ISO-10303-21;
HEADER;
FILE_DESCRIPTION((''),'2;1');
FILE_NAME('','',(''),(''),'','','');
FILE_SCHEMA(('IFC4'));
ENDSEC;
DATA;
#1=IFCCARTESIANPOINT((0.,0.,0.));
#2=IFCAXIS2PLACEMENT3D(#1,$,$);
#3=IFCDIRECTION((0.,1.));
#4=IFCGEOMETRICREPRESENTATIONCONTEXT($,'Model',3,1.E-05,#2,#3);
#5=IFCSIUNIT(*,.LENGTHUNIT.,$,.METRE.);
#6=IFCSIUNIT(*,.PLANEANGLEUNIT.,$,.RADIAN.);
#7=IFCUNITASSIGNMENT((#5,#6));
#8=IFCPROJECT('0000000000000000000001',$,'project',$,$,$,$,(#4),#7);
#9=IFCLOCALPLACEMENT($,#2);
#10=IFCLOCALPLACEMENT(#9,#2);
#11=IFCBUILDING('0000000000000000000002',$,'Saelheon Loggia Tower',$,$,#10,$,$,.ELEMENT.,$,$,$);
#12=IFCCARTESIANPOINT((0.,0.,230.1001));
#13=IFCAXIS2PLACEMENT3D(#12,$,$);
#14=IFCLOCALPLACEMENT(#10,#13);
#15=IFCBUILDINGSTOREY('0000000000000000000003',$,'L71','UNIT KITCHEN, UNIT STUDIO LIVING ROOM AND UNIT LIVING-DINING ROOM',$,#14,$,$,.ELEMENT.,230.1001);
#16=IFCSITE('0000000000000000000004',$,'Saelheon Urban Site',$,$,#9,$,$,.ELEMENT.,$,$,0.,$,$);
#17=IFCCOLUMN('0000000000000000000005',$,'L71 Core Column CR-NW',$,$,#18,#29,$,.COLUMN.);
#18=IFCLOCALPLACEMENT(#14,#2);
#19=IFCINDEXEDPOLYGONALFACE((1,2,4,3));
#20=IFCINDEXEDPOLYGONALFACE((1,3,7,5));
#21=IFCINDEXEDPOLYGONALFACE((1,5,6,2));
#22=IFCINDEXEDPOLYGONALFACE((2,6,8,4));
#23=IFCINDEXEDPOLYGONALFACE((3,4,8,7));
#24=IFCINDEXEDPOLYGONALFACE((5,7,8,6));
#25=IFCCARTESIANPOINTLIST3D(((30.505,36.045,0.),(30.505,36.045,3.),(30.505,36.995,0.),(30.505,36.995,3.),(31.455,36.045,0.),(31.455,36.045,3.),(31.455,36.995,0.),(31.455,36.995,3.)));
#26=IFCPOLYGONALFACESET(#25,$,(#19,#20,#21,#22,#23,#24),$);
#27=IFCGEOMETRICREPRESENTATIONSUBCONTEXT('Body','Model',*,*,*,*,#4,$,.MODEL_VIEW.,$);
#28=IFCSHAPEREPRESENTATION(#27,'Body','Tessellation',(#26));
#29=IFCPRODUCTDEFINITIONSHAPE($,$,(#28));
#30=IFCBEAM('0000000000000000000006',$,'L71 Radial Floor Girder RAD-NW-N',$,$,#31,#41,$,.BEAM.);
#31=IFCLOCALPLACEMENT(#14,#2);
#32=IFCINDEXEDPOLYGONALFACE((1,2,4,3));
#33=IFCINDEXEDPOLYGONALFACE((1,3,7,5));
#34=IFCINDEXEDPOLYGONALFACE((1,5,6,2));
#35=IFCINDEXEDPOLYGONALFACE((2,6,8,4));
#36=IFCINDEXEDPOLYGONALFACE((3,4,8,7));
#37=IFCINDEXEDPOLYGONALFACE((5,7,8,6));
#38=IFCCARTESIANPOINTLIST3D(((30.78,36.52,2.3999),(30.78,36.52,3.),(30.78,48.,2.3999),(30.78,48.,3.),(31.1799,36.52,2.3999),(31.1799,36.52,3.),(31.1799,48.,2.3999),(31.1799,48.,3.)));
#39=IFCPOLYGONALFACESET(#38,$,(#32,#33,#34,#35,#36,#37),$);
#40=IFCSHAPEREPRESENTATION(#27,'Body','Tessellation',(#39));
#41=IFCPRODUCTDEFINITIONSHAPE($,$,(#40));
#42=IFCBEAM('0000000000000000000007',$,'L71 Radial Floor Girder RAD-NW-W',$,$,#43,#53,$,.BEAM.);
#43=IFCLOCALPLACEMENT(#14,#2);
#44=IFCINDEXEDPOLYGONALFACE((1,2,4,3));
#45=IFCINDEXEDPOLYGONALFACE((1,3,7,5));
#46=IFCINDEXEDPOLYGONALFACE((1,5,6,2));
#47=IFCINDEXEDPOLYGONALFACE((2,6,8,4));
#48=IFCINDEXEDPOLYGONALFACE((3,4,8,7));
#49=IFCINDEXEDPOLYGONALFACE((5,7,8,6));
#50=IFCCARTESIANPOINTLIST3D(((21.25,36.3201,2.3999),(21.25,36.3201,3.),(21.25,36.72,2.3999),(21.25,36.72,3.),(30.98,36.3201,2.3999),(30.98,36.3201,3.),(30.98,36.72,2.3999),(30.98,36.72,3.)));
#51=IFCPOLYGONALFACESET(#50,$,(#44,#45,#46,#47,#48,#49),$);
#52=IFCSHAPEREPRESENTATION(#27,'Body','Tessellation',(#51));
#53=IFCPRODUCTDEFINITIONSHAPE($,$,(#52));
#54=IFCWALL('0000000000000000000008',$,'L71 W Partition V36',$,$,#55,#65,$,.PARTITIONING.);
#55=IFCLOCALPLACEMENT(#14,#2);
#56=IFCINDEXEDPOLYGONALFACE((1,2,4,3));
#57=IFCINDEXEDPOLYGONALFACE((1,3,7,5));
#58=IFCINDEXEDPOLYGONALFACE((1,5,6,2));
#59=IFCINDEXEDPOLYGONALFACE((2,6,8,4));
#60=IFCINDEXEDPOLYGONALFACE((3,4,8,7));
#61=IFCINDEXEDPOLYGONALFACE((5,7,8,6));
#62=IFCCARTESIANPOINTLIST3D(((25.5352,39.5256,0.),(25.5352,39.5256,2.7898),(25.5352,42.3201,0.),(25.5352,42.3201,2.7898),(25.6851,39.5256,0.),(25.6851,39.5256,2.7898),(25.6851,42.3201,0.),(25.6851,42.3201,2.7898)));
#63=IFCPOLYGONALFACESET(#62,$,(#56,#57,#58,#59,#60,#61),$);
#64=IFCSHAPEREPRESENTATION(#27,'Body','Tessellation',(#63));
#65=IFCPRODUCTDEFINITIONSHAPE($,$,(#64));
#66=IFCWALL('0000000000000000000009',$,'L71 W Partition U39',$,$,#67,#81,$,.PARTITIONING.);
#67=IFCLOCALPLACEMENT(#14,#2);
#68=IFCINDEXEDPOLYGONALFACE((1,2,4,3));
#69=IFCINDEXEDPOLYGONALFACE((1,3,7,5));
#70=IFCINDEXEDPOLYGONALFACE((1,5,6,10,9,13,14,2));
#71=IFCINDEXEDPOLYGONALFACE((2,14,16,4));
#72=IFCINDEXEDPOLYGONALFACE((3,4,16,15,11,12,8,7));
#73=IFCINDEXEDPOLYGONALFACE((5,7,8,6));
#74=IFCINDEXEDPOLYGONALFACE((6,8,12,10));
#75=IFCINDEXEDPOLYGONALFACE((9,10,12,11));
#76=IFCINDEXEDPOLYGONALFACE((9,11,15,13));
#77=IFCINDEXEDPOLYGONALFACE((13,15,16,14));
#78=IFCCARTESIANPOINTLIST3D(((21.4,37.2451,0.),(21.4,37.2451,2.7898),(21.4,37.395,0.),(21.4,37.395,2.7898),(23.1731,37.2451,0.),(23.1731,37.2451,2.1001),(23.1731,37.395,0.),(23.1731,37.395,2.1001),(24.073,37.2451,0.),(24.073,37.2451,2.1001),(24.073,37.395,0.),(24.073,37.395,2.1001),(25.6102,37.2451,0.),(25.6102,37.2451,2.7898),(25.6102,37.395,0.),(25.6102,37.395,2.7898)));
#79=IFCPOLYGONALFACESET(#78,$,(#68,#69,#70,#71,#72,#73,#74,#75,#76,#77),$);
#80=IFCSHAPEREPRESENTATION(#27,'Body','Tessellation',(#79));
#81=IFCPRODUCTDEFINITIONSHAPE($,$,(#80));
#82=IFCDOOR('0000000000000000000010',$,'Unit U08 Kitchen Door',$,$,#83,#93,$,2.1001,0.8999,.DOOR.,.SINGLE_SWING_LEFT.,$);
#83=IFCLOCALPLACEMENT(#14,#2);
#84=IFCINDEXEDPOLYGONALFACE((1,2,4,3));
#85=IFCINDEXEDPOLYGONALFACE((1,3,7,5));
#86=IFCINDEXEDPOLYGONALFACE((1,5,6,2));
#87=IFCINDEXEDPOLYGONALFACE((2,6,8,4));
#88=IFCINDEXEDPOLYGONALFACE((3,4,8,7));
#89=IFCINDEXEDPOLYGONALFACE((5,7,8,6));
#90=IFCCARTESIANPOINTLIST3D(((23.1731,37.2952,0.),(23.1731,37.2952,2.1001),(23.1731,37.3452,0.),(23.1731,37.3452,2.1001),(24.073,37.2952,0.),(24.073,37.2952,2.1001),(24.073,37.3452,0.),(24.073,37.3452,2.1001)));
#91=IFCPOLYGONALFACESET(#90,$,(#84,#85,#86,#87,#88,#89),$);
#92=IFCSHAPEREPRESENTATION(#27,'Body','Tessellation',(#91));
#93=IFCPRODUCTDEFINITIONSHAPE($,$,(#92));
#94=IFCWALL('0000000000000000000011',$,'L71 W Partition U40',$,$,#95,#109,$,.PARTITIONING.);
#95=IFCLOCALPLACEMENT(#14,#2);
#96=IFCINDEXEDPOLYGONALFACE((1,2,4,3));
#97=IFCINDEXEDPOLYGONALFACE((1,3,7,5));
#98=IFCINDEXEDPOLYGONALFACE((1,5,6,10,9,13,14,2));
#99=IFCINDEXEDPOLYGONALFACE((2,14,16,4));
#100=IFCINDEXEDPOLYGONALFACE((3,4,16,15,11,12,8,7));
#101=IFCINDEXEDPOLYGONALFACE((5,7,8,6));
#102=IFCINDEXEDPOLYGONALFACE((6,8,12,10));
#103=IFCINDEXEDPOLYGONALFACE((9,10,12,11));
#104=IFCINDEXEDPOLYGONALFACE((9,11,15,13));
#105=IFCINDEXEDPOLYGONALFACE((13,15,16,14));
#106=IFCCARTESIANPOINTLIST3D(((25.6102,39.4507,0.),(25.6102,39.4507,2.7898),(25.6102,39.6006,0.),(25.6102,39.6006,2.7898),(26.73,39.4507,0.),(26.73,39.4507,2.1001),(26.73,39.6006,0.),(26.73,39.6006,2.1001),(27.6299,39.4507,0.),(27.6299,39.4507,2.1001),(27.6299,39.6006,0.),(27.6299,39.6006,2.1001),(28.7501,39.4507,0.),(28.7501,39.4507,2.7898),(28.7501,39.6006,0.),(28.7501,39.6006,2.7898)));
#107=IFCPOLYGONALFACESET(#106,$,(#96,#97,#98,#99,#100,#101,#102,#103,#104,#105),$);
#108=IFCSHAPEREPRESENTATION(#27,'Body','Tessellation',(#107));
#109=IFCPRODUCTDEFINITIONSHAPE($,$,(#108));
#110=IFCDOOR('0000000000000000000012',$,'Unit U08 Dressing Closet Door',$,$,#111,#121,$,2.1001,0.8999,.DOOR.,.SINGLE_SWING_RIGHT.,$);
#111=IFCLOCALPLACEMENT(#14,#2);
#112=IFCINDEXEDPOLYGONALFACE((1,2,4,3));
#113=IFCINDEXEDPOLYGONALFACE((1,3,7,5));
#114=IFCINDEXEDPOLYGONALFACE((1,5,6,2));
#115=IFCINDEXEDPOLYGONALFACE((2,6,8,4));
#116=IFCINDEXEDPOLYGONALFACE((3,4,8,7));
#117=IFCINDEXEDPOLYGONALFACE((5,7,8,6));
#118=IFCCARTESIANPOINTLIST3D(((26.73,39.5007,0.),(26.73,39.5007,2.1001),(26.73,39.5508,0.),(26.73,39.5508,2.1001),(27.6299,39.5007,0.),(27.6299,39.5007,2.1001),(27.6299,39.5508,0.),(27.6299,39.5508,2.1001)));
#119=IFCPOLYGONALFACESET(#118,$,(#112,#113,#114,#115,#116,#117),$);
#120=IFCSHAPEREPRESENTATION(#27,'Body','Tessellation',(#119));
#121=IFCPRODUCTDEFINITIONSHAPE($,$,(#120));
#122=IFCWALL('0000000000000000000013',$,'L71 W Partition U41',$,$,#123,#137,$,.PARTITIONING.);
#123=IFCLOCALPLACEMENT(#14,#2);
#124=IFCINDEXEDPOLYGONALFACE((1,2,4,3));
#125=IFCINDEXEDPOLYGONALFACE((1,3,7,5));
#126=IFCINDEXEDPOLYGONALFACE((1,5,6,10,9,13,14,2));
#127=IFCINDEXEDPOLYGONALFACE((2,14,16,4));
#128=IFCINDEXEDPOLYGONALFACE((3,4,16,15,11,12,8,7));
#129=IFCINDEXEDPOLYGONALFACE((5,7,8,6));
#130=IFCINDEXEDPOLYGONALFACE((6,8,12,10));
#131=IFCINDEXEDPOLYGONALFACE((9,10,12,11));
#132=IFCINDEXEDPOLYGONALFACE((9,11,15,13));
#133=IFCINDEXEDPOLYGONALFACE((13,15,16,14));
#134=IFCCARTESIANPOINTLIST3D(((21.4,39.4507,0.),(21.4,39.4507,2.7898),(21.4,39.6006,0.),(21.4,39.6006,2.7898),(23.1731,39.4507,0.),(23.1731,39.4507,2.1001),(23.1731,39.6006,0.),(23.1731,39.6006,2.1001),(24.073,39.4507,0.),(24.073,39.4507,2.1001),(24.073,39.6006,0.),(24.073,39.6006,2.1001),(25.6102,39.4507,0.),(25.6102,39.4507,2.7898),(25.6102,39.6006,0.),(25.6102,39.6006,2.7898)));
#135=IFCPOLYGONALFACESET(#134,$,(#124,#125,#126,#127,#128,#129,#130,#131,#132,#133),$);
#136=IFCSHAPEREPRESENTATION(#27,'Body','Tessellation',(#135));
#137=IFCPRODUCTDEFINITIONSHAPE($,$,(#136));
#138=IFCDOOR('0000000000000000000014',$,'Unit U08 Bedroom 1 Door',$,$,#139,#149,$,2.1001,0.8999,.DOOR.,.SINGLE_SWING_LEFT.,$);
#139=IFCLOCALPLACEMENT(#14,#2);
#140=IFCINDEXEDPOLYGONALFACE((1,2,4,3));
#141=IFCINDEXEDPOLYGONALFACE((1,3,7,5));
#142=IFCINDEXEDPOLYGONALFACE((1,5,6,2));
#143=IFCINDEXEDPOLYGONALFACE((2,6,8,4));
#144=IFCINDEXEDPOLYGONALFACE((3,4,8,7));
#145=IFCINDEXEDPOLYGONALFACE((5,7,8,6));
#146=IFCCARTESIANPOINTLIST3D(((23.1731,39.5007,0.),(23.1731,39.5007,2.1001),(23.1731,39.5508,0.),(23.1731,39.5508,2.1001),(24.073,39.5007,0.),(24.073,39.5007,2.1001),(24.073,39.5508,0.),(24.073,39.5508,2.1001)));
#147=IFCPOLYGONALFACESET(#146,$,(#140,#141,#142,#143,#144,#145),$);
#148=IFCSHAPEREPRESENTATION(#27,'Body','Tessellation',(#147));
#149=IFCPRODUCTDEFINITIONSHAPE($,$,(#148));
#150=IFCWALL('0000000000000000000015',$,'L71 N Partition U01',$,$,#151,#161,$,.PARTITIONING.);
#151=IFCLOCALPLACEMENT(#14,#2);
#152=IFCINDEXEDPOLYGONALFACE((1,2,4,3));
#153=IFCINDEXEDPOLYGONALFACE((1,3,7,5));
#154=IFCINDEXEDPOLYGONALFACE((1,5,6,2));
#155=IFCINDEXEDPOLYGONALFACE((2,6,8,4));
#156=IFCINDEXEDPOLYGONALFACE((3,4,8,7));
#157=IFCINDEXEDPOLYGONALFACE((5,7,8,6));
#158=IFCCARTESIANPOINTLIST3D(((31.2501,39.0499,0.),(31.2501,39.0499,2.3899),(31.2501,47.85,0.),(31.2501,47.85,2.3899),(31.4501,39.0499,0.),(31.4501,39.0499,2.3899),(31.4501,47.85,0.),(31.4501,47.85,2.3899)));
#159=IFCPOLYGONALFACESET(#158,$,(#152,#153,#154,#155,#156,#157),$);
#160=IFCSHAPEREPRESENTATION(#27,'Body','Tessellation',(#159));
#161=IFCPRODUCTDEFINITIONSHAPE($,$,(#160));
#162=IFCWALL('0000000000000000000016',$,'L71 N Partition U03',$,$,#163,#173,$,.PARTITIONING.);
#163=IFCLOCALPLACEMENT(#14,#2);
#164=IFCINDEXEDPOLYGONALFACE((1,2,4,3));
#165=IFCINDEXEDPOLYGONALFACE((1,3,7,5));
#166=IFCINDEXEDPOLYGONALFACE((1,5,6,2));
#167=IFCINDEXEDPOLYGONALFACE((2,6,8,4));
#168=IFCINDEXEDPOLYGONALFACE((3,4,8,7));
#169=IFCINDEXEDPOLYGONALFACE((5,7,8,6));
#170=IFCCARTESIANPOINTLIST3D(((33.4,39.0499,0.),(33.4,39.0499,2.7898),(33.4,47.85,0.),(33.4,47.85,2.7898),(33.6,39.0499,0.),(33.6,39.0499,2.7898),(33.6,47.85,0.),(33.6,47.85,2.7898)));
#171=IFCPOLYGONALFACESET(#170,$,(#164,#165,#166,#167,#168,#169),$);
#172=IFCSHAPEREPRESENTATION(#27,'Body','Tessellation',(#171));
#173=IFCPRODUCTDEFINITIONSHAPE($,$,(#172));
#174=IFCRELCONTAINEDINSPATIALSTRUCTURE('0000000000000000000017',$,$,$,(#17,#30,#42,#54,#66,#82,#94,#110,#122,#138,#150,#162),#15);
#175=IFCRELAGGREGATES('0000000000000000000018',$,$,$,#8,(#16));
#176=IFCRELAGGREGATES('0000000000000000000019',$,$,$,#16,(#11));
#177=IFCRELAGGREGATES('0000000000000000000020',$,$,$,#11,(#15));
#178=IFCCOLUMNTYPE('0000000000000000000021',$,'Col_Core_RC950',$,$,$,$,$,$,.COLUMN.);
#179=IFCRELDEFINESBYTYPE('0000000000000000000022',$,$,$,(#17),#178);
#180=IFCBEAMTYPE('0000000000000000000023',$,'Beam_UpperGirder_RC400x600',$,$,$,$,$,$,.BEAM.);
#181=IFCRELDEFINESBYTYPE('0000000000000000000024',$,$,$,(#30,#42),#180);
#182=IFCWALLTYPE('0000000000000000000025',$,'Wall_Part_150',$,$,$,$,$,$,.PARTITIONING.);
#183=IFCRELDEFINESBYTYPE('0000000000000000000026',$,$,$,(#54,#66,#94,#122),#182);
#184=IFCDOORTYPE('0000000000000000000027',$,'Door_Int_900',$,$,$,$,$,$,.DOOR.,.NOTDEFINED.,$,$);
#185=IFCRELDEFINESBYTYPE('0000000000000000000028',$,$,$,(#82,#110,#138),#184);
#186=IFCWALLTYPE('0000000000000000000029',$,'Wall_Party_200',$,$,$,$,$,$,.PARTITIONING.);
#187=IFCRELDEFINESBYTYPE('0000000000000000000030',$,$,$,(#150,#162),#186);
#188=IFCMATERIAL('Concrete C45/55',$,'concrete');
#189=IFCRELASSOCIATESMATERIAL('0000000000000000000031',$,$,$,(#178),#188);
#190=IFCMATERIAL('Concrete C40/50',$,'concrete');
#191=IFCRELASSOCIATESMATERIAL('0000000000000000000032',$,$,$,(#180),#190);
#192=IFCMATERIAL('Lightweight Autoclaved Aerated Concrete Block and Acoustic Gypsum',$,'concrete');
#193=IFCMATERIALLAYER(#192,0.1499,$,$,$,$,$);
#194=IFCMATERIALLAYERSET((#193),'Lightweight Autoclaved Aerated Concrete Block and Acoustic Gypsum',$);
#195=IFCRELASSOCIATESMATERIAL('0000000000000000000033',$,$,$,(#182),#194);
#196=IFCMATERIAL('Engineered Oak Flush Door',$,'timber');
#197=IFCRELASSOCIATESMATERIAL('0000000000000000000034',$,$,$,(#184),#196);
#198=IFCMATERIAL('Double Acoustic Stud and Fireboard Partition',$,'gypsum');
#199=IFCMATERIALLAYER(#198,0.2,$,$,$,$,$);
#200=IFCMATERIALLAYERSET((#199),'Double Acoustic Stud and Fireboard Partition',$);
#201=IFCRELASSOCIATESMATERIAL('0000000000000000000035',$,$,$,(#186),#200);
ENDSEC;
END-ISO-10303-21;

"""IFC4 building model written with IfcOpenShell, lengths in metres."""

from ifc_helpers import new_model, si_unit, direction, frame, frame_2d, origin, origin_2d, place, context, subcontext, project, spatial, rectangle, extrude, source, transform, mapped, material, layer, layer_set, material_profile, profile_set, type_object, element, fill, save


model = new_model("IFC4")

# Units and contexts
model_context = context("Model", 3, precision=1e-05, world=origin(), true_north=direction((0.0, 1.0)))
body_context = subcontext(model_context, "Body", "Model", "MODEL_VIEW")
ifc_project = project(units=[si_unit("LENGTHUNIT", "METRE"), si_unit("PLANEANGLEUNIT", "RADIAN")], contexts=[model_context])

# Site, building, storey
site_placement = place(None, origin())
site = spatial("IfcSite", under=ifc_project, at=site_placement, Name="Saelheon Urban Site", CompositionType="ELEMENT", RefElevation=0.0)
building_placement = place(site_placement, origin())
building = spatial("IfcBuilding", under=site, at=building_placement, Name="Saelheon Loggia Tower", CompositionType="ELEMENT")
storey_placement = place(building_placement, frame((0.0, 0.0, 230.1001)))
storey = spatial("IfcBuildingStorey", under=building, at=storey_placement, Name="L71", Description="UNIT KITCHEN, UNIT STUDIO LIVING ROOM AND UNIT LIVING-DINING ROOM", CompositionType="ELEMENT", Elevation=230.1001)

# Column
ifc_material_1 = material(Name="Concrete C45/55", Category="concrete")
ifc_material_profile_1 = material_profile(ifc_material_1, rectangle(XDim=0.95, YDim=0.95, at=origin_2d()), Name="RC-950x950")
ifc_profile_set_1 = profile_set([ifc_material_profile_1], Name="Concrete C45/55")
column_type = type_object("IfcColumnType", Name="Col_Core_RC950", PredefinedType="COLUMN", material=ifc_profile_set_1)
shared_shape_1 = source(origin(), body_context, "Body", "SweptSolid", [
    extrude(rectangle(XDim=0.95, YDim=0.95, at=origin_2d()), origin(), (0.0, 0.0, 1.0), 3.0),
])
column_placement = place(storey_placement, frame((30.98, 36.52, 0.0), z_axis=(0.0, 0.0, 1.0), x_axis=(1.0, 0.0, 0.0)))
element("IfcColumn", 1, at=column_placement, inside=storey, type_object=column_type, Name="L71 Core Column CR-NW", PredefinedType="COLUMN", context=body_context, shape_type="MappedRepresentation", body=[
    mapped(shared_shape_1, transform((0.0, 0.0, 0.0), scale=1.0)),
])

# Beams
ifc_material_2 = material(Name="Concrete C40/50", Category="concrete")
ifc_material_profile_2 = material_profile(ifc_material_2, rectangle(XDim=0.3999, YDim=0.6001, at=origin_2d()), Name="RC-400x600")
ifc_profile_set_2 = profile_set([ifc_material_profile_2], Name="Concrete C40/50")
beam_type = type_object("IfcBeamType", Name="Beam_UpperGirder_RC400x600", PredefinedType="BEAM", material=ifc_profile_set_2)
shared_shape_2 = source(origin(), body_context, "Body", "SweptSolid", [
    extrude(rectangle(XDim=0.3999, YDim=0.6001, at=origin_2d()), origin(), (0.0, 0.0, 1.0), 11.48),
])
beam_1_placement = place(storey_placement, frame((30.98, 36.52, 2.7), z_axis=(0.0, 1.0, 0.0), x_axis=(-1.0, 0.0, 0.0)))
element("IfcBeam", 2, at=beam_1_placement, inside=storey, type_object=beam_type, Name="L71 Radial Floor Girder RAD-NW-N", PredefinedType="BEAM", context=body_context, shape_type="MappedRepresentation", body=[
    mapped(shared_shape_2, transform((0.0, 0.0, 0.0), scale=1.0)),
])
shared_shape_3 = source(origin(), body_context, "Body", "SweptSolid", [
    extrude(rectangle(XDim=0.3999, YDim=0.6001, at=origin_2d()), origin(), (0.0, 0.0, 1.0), 9.73),
])
beam_2_placement = place(storey_placement, frame((30.98, 36.52, 2.7), z_axis=(-1.0, 0.0, 0.0), x_axis=(0.0, -1.0, 0.0)))
element("IfcBeam", 3, at=beam_2_placement, inside=storey, type_object=beam_type, Name="L71 Radial Floor Girder RAD-NW-W", PredefinedType="BEAM", context=body_context, shape_type="MappedRepresentation", body=[
    mapped(shared_shape_3, transform((0.0, 0.0, 0.0), scale=1.0)),
])

# Wall
ifc_material_3 = material(Name="Lightweight Autoclaved Aerated Concrete Block and Acoustic Gypsum", Category="concrete")
ifc_layer_1 = layer(ifc_material_3, 0.1499)
ifc_layer_set_1 = layer_set([ifc_layer_1], Name="Lightweight Autoclaved Aerated Concrete Block and Acoustic Gypsum")
wall_type_1 = type_object("IfcWallType", Name="Wall_Part_150", PredefinedType="PARTITIONING", material=ifc_layer_set_1)
wall_1_placement = place(storey_placement, frame((25.6101, 39.5256, 0.0), z_axis=(0.0, 0.0, 1.0), x_axis=(0.0, 1.0, 0.0)))
element("IfcWall", 4, at=wall_1_placement, inside=storey, type_object=wall_type_1, Name="L71 W Partition V36", PredefinedType="PARTITIONING", context=body_context, shape_type="SweptSolid", body=[
    extrude(rectangle(XDim=2.7944, YDim=0.1499, at=frame_2d((1.3972, 0.0))), origin(), (0.0, 0.0, 1.0), 2.7898),
])

# Walls, openings, doors
wall_2_placement = place(storey_placement, frame((25.6101, 37.3201, 0.0), z_axis=(0.0, 0.0, 1.0), x_axis=(-1.0, 0.0, 0.0)))
wall_2 = element("IfcWall", 5, at=wall_2_placement, inside=storey, type_object=wall_type_1, Name="L71 W Partition U39", PredefinedType="PARTITIONING", context=body_context, shape_type="SweptSolid", body=[
    extrude(rectangle(XDim=4.2102, YDim=0.1499, at=frame_2d((2.105, 0.0))), origin(), (0.0, 0.0, 1.0), 2.7898),
])
opening_1_placement = place(wall_2_placement, frame((1.5371, 0.0, 0.0)))
opening_1 = element("IfcOpeningElement", 6, at=opening_1_placement, cuts=wall_2, PredefinedType="OPENING", context=body_context, shape_type="SweptSolid", body=[
    extrude(rectangle(XDim=0.8999, YDim=2.1001, at=frame_2d((0.45, 1.05))), frame((0.0, 0.0869, 0.0), z_axis=(0.0, -1.0, 0.0), x_axis=(1.0, 0.0, 0.0)), (0.0, 0.0, 1.0), 0.1738),
])
ifc_material_4 = material(Name="Engineered Oak Flush Door", Category="timber")
door_type_1 = type_object("IfcDoorType", Name="Door_Int_900", OperationType="NOTDEFINED", PredefinedType="DOOR", material=ifc_material_4)
shared_shape_4 = source(origin(), body_context, "Body", "SweptSolid", [
    extrude(rectangle(XDim=0.8999, YDim=2.1001, at=frame_2d((0.45, 1.05))), frame((0.0, 0.0249, 0.0), z_axis=(0.0, -1.0, 0.0), x_axis=(1.0, 0.0, 0.0)), (0.0, 0.0, 1.0), 0.05),
])
door_1_placement = place(opening_1_placement, origin())
door_1 = element("IfcDoor", 7, at=door_1_placement, inside=storey, type_object=door_type_1, Name="Unit U08 Kitchen Door", OperationType="SINGLE_SWING_LEFT", OverallHeight=2.1001, OverallWidth=0.8999, PredefinedType="DOOR", context=body_context, shape_type="MappedRepresentation", body=[
    mapped(shared_shape_4, transform((0.0, 0.0, 0.0), scale=1.0)),
])
fill(opening_1, door_1)
wall_3_placement = place(storey_placement, frame((28.75, 39.5256, 0.0), z_axis=(0.0, 0.0, 1.0), x_axis=(-1.0, 0.0, 0.0)))
wall_3 = element("IfcWall", 8, at=wall_3_placement, inside=storey, type_object=wall_type_1, Name="L71 W Partition U40", PredefinedType="PARTITIONING", context=body_context, shape_type="SweptSolid", body=[
    extrude(rectangle(XDim=3.1399, YDim=0.1499, at=frame_2d((1.5698, 0.0))), origin(), (0.0, 0.0, 1.0), 2.7898),
])
opening_2_placement = place(wall_3_placement, frame((1.1201, 0.0, 0.0)))
opening_2 = element("IfcOpeningElement", 9, at=opening_2_placement, cuts=wall_3, PredefinedType="OPENING", context=body_context, shape_type="SweptSolid", body=[
    extrude(rectangle(XDim=0.8999, YDim=2.1001, at=frame_2d((0.45, 1.05))), frame((0.0, 0.0869, 0.0), z_axis=(0.0, -1.0, 0.0), x_axis=(1.0, 0.0, 0.0)), (0.0, 0.0, 1.0), 0.1738),
])
door_2_placement = place(opening_2_placement, origin())
door_2 = element("IfcDoor", 10, at=door_2_placement, inside=storey, type_object=door_type_1, Name="Unit U08 Dressing Closet Door", OperationType="SINGLE_SWING_RIGHT", OverallHeight=2.1001, OverallWidth=0.8999, PredefinedType="DOOR", context=body_context, shape_type="MappedRepresentation", body=[
    mapped(shared_shape_4, transform((0.0, 0.0, 0.0), scale=1.0)),
])
fill(opening_2, door_2)
wall_4_placement = place(storey_placement, frame((25.6101, 39.5256, 0.0), z_axis=(0.0, 0.0, 1.0), x_axis=(-1.0, 0.0, 0.0)))
wall_4 = element("IfcWall", 11, at=wall_4_placement, inside=storey, type_object=wall_type_1, Name="L71 W Partition U41", PredefinedType="PARTITIONING", context=body_context, shape_type="SweptSolid", body=[
    extrude(rectangle(XDim=4.2102, YDim=0.1499, at=frame_2d((2.105, 0.0))), origin(), (0.0, 0.0, 1.0), 2.7898),
])
opening_3_placement = place(wall_4_placement, frame((1.5371, 0.0, 0.0)))
opening_3 = element("IfcOpeningElement", 12, at=opening_3_placement, cuts=wall_4, PredefinedType="OPENING", context=body_context, shape_type="SweptSolid", body=[
    extrude(rectangle(XDim=0.8999, YDim=2.1001, at=frame_2d((0.45, 1.05))), frame((0.0, 0.0869, 0.0), z_axis=(0.0, -1.0, 0.0), x_axis=(1.0, 0.0, 0.0)), (0.0, 0.0, 1.0), 0.1738),
])
door_3_placement = place(opening_3_placement, origin())
door_3 = element("IfcDoor", 13, at=door_3_placement, inside=storey, type_object=door_type_1, Name="Unit U08 Bedroom 1 Door", OperationType="SINGLE_SWING_LEFT", OverallHeight=2.1001, OverallWidth=0.8999, PredefinedType="DOOR", context=body_context, shape_type="MappedRepresentation", body=[
    mapped(shared_shape_4, transform((0.0, 0.0, 0.0), scale=1.0)),
])
fill(opening_3, door_3)

# Walls
ifc_material_5 = material(Name="Double Acoustic Stud and Fireboard Partition", Category="gypsum")
ifc_layer_2 = layer(ifc_material_5, 0.2)
ifc_layer_set_2 = layer_set([ifc_layer_2], Name="Double Acoustic Stud and Fireboard Partition")
wall_type_2 = type_object("IfcWallType", Name="Wall_Party_200", PredefinedType="PARTITIONING", material=ifc_layer_set_2)
wall_5_placement = place(storey_placement, frame((31.3501, 39.05, 0.0), z_axis=(0.0, 0.0, 1.0), x_axis=(0.0, 1.0, 0.0)))
element("IfcWall", 14, at=wall_5_placement, inside=storey, type_object=wall_type_2, Name="L71 N Partition U01", PredefinedType="PARTITIONING", context=body_context, shape_type="SweptSolid", body=[
    extrude(rectangle(XDim=8.8, YDim=0.2, at=frame_2d((4.3999, 0.0))), origin(), (0.0, 0.0, 1.0), 2.3899),
])
wall_6_placement = place(storey_placement, frame((33.5, 39.05, 0.0), z_axis=(0.0, 0.0, 1.0), x_axis=(0.0, 1.0, 0.0)))
element("IfcWall", 15, at=wall_6_placement, inside=storey, type_object=wall_type_2, Name="L71 N Partition U03", PredefinedType="PARTITIONING", context=body_context, shape_type="SweptSolid", body=[
    extrude(rectangle(XDim=8.8, YDim=0.2, at=frame_2d((4.3999, 0.0))), origin(), (0.0, 0.0, 1.0), 2.7898),
])

save(model, "model.ifc")
